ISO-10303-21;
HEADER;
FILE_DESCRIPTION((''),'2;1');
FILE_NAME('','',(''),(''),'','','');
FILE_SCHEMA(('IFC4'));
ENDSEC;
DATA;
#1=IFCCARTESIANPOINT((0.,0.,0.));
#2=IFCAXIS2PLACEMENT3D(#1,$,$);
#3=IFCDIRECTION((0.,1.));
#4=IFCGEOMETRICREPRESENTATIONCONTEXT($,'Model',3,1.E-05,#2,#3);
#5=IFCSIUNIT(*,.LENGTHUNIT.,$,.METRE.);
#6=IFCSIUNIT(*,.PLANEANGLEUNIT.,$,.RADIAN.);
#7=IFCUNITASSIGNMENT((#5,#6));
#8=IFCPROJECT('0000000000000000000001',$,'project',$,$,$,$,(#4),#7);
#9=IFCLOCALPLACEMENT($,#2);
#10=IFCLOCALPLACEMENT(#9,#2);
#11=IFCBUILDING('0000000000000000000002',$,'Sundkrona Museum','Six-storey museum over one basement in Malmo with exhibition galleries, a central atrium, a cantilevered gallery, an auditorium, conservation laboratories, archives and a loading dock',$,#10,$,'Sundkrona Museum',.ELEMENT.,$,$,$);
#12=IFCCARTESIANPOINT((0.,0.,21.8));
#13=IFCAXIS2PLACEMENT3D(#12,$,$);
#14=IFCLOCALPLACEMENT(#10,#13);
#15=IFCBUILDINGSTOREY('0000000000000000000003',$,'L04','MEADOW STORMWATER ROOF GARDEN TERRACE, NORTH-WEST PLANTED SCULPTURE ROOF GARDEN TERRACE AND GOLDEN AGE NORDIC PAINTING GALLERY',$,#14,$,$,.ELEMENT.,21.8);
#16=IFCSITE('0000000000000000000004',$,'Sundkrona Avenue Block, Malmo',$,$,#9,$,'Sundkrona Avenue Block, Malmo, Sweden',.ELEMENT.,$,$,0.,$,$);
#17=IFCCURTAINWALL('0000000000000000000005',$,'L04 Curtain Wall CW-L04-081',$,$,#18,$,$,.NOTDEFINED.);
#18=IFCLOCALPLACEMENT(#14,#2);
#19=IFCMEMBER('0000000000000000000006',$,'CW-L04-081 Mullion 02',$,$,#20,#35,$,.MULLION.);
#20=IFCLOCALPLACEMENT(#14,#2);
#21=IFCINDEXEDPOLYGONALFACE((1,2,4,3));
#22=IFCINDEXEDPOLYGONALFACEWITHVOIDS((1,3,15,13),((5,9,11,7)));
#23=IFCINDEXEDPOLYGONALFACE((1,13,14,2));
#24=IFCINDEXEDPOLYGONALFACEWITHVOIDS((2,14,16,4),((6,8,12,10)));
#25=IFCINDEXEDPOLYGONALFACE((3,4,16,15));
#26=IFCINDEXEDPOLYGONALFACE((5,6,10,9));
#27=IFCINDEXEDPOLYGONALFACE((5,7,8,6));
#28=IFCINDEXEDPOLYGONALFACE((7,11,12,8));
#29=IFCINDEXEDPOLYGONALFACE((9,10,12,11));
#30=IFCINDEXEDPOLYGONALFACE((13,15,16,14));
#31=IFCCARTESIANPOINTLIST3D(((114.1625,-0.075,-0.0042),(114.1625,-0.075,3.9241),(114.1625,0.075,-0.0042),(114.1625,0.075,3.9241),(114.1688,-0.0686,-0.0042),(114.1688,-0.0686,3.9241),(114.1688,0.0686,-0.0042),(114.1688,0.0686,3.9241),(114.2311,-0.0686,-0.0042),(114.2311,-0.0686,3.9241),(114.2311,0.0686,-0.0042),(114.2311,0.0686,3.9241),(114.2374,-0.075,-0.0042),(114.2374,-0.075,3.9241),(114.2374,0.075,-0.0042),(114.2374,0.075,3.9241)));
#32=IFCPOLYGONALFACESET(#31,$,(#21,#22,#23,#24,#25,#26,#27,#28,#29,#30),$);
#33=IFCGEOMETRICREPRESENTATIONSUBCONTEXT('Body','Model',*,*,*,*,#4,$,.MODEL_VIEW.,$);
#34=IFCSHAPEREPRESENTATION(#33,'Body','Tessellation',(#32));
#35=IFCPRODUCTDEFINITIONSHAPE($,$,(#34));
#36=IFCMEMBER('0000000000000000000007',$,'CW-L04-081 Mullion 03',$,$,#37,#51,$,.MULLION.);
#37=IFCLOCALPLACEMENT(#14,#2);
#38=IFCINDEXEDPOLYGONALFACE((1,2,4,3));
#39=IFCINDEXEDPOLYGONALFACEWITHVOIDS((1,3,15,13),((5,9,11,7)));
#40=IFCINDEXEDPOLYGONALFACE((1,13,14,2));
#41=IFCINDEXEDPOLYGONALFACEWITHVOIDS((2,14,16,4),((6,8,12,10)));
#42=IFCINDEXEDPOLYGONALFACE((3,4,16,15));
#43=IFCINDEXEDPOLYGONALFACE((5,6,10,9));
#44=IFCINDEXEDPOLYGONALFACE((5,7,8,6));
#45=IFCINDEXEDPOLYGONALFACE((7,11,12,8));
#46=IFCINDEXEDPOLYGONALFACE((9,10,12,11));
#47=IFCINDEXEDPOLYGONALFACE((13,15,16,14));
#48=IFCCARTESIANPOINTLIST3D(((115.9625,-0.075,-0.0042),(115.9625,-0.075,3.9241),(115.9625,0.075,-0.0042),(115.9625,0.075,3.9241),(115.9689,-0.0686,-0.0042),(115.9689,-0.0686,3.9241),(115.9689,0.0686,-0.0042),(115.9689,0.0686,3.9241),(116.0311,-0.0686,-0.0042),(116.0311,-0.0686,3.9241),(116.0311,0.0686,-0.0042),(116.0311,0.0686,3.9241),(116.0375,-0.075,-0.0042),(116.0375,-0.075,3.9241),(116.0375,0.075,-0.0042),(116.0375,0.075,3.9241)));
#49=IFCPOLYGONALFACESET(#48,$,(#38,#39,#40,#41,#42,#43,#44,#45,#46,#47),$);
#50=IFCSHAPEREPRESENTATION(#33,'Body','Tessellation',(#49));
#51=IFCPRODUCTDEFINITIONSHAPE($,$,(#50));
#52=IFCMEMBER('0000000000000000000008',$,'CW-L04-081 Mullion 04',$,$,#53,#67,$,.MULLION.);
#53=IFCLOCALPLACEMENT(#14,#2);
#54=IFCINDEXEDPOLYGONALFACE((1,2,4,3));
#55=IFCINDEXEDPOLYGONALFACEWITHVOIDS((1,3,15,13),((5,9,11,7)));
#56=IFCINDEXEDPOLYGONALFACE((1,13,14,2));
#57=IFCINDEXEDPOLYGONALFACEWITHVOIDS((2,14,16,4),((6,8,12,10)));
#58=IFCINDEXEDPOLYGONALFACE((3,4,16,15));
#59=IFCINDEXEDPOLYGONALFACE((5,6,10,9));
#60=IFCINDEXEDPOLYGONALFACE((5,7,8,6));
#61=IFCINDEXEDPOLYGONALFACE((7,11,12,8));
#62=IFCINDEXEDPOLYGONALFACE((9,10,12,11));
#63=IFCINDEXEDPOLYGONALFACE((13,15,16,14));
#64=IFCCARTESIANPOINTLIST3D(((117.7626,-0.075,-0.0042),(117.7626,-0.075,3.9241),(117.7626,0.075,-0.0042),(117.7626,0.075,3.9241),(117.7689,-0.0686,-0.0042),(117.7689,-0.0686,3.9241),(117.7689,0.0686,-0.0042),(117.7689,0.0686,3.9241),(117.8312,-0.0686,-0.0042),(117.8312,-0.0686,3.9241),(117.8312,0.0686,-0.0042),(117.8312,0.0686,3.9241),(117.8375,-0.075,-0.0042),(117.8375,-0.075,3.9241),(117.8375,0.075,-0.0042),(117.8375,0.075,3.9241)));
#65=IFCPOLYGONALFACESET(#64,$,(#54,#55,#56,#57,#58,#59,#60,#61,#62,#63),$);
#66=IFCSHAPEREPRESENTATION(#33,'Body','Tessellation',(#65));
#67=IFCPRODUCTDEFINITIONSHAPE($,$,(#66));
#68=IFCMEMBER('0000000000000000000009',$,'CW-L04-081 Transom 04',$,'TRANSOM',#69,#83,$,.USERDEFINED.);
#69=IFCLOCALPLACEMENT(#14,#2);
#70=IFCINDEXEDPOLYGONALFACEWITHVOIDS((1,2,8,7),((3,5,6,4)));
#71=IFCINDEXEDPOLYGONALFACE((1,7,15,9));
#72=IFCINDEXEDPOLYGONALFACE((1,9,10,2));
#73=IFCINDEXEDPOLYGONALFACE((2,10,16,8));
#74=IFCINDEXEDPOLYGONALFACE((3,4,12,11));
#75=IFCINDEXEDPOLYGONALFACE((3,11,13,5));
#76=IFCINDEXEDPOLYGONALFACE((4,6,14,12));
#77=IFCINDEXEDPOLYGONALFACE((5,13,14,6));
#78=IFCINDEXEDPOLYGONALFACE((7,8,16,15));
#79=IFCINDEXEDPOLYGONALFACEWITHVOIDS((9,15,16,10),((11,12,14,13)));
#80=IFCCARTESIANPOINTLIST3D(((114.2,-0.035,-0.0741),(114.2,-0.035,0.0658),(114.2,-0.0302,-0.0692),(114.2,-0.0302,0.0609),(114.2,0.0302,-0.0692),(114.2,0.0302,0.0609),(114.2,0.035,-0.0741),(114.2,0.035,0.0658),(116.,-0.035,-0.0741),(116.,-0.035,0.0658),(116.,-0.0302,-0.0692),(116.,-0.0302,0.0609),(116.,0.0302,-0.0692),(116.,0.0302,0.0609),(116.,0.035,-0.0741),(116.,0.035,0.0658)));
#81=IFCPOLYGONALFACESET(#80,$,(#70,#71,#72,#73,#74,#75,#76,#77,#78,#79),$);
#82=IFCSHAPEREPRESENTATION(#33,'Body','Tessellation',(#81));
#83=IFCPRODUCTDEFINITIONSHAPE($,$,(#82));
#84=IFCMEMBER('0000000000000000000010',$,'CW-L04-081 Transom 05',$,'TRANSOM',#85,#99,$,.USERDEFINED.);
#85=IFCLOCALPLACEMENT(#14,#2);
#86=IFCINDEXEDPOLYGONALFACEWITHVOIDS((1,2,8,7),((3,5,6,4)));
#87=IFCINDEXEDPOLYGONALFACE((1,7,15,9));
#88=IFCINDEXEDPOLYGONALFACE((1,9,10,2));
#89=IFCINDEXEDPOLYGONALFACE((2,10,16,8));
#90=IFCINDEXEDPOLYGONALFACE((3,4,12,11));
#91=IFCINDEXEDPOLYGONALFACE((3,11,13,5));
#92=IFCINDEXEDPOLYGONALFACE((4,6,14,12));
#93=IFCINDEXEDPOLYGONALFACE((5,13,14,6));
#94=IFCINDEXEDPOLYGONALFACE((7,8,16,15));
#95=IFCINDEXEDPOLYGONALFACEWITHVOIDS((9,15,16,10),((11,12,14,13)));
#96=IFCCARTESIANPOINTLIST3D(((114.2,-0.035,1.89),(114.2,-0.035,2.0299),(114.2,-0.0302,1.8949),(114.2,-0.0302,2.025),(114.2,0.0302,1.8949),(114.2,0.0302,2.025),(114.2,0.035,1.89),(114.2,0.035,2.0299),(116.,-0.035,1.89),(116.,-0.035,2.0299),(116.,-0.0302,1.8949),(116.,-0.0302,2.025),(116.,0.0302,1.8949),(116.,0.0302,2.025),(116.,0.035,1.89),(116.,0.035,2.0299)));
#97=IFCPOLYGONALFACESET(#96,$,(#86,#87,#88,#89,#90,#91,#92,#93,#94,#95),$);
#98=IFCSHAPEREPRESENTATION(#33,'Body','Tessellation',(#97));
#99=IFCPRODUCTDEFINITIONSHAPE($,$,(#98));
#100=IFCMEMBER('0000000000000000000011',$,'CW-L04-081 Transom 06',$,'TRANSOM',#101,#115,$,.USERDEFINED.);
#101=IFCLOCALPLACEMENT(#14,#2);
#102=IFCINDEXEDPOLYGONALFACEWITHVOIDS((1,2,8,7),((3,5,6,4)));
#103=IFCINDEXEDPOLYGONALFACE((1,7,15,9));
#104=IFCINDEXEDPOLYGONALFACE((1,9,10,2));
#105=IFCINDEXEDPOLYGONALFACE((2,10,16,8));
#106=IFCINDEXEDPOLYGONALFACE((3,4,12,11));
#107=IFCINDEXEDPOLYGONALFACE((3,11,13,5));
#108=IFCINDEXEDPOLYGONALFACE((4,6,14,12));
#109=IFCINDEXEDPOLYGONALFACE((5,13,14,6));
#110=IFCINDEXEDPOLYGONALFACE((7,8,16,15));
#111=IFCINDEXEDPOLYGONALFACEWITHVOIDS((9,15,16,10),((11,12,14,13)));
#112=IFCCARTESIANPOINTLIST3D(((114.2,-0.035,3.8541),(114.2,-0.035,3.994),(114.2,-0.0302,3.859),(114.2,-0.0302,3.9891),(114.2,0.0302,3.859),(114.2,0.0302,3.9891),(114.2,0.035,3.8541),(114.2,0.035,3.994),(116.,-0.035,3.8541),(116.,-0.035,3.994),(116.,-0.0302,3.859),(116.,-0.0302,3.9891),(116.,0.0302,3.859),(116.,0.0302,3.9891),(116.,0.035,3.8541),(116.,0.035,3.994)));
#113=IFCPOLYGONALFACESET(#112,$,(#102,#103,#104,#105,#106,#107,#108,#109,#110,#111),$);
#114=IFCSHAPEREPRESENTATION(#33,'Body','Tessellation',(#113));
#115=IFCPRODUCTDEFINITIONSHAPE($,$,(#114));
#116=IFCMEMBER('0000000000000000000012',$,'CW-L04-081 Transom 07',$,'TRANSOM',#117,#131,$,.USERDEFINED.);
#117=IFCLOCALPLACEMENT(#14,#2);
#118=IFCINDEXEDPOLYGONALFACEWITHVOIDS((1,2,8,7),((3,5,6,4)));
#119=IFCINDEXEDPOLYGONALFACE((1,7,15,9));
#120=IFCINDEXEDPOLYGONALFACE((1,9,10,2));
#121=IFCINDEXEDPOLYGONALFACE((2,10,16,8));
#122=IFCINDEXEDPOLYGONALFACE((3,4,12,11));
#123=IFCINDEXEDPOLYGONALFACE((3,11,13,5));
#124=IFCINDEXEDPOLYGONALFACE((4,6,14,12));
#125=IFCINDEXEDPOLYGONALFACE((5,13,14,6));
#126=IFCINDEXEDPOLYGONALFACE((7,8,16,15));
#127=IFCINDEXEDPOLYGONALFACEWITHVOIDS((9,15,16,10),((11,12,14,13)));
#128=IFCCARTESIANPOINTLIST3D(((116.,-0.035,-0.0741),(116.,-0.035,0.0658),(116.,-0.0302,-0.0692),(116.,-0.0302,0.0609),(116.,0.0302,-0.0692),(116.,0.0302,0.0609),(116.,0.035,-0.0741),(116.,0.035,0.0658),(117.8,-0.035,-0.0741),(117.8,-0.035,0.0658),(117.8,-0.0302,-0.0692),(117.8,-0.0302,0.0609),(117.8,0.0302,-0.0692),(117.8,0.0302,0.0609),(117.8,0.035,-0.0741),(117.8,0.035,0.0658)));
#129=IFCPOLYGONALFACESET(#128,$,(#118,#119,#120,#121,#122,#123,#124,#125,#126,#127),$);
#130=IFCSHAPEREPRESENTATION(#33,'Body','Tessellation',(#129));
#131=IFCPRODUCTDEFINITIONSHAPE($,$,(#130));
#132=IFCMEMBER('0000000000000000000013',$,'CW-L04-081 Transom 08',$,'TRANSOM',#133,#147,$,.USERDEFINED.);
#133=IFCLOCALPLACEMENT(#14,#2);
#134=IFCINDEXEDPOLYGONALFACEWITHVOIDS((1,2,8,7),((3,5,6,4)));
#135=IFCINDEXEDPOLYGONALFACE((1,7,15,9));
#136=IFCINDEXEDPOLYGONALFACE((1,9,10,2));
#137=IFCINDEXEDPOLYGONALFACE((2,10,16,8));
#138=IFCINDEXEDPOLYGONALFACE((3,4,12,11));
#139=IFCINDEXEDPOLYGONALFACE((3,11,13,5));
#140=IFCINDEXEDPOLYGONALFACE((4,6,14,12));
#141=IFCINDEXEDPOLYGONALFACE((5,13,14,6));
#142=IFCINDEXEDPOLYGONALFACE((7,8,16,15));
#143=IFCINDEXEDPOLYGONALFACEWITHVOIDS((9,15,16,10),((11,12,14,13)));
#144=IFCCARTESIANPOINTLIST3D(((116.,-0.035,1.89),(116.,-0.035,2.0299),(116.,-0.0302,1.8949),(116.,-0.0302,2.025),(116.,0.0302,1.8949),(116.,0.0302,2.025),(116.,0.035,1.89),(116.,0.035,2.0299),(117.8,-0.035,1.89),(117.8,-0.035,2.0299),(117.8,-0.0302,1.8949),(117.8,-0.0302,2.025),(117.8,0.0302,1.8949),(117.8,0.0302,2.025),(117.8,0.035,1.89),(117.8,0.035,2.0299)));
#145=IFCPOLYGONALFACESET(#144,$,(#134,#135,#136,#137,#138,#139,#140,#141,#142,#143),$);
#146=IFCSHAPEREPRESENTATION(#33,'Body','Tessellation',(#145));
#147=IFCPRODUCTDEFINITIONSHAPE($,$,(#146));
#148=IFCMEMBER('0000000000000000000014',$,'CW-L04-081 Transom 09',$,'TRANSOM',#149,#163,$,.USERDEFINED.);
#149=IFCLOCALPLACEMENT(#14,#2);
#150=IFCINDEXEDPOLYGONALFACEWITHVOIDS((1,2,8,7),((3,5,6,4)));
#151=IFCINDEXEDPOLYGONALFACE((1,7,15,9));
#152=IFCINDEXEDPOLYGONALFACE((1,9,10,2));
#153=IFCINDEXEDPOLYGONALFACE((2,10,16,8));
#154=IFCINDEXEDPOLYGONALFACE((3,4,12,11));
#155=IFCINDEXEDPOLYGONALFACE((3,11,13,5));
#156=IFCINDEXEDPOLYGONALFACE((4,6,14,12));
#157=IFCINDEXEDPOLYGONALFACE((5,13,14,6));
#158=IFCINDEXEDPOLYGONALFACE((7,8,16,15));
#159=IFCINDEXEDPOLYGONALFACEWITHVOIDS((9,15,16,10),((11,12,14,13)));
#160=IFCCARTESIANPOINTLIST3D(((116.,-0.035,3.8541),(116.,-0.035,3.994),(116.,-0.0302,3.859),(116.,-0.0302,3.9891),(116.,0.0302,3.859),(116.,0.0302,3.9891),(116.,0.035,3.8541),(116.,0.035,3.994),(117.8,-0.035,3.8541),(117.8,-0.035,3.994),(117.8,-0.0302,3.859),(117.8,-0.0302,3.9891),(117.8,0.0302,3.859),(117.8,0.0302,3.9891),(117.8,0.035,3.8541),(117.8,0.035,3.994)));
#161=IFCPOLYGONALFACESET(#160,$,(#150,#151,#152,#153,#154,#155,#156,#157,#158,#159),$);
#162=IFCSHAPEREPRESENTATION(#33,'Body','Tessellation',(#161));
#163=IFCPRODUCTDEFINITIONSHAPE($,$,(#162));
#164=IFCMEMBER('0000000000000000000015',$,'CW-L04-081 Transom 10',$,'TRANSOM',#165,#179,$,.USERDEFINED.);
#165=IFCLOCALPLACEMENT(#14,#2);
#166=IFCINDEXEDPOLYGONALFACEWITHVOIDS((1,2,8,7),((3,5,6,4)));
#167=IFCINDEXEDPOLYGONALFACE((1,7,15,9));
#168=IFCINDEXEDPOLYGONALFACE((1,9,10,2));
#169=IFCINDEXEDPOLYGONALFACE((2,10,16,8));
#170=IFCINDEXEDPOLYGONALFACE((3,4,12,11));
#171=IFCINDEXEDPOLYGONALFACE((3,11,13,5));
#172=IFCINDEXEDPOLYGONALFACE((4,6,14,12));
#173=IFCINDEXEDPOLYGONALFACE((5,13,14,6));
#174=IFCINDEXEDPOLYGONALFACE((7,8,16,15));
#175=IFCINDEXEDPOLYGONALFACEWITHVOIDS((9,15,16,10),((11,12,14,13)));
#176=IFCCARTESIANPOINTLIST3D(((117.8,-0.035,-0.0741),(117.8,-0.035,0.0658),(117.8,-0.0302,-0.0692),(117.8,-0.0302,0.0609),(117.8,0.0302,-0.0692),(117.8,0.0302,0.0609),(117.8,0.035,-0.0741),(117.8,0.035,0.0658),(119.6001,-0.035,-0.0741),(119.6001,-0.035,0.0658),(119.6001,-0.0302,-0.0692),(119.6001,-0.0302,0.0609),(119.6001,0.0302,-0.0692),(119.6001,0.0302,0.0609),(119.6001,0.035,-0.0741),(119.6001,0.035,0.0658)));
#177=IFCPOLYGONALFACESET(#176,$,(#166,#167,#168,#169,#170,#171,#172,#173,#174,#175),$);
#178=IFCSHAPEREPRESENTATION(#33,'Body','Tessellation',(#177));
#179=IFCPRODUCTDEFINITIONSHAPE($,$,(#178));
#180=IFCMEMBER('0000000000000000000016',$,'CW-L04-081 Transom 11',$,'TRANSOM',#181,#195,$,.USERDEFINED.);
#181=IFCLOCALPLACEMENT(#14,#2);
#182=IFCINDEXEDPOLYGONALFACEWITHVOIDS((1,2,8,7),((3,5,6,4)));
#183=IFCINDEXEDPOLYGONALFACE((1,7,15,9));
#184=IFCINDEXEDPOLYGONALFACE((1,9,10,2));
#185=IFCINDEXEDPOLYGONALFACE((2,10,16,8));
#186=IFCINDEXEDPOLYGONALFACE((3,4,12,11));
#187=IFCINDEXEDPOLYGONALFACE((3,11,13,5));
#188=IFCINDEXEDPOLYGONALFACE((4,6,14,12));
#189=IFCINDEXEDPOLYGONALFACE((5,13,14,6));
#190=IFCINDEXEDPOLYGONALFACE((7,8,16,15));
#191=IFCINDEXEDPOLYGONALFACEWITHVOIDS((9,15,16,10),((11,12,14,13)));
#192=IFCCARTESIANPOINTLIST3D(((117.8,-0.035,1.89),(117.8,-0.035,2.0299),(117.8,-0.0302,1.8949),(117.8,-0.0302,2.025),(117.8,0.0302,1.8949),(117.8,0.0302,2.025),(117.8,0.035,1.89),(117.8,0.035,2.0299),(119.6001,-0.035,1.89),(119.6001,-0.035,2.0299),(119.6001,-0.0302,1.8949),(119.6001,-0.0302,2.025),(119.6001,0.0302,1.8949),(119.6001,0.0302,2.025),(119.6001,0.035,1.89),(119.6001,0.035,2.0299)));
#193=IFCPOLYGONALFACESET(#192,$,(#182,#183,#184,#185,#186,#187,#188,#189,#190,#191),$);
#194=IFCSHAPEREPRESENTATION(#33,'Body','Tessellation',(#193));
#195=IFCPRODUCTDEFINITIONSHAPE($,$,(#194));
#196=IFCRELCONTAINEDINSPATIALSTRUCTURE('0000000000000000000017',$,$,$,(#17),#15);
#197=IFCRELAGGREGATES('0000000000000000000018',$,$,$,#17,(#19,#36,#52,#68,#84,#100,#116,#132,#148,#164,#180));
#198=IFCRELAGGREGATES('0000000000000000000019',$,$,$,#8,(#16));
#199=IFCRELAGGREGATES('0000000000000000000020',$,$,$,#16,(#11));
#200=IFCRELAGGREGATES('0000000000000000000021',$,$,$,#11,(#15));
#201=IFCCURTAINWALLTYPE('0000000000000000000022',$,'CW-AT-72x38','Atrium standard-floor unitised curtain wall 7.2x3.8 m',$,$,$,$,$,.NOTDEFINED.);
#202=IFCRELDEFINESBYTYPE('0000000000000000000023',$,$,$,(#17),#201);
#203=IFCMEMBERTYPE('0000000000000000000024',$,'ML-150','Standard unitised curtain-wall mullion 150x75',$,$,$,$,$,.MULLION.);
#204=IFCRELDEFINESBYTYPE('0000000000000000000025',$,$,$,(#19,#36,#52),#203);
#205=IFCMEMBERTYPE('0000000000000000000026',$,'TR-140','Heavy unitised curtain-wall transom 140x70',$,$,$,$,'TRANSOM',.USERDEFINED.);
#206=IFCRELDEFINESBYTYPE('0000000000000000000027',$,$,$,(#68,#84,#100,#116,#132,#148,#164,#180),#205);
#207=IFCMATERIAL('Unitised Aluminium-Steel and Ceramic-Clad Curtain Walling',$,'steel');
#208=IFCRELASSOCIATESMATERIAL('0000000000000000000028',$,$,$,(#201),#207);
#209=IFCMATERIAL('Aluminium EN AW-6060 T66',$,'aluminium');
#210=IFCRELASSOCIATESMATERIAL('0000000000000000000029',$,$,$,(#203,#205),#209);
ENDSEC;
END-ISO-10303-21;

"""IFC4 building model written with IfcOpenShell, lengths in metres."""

from ifc_helpers import new_model, si_unit, direction, frame, origin, origin_2d, place, context, subcontext, project, spatial, hollow_rectangle, extrude, material, material_profile, profile_set, type_object, element, aggregate, save


model = new_model("IFC4")

# Units and contexts
model_context = context("Model", 3, precision=1e-05, world=origin(), true_north=direction((0.0, 1.0)))
body_context = subcontext(model_context, "Body", "Model", "MODEL_VIEW")
ifc_project = project(units=[si_unit("LENGTHUNIT", "METRE"), si_unit("PLANEANGLEUNIT", "RADIAN")], contexts=[model_context])

# Site, building, storey
site_placement = place(None, origin())
site = spatial("IfcSite", under=ifc_project, at=site_placement, Name="Sundkrona Avenue Block, Malmo", LongName="Sundkrona Avenue Block, Malmo, Sweden", CompositionType="ELEMENT", RefElevation=0.0)
building_placement = place(site_placement, origin())
building = spatial("IfcBuilding", under=site, at=building_placement, Name="Sundkrona Museum", Description="Six-storey museum over one basement in Malmo with exhibition galleries, a central atrium, a cantilevered gallery, an auditorium, conservation laboratories, archives and a loading dock", LongName="Sundkrona Museum", CompositionType="ELEMENT")
storey_placement = place(building_placement, frame((0.0, 0.0, 21.8)))
storey = spatial("IfcBuildingStorey", under=building, at=storey_placement, Name="L04", Description="MEADOW STORMWATER ROOF GARDEN TERRACE, NORTH-WEST PLANTED SCULPTURE ROOF GARDEN TERRACE AND GOLDEN AGE NORDIC PAINTING GALLERY", CompositionType="ELEMENT", Elevation=21.8)

# Curtain wall, members
ifc_material_1 = material(Name="Unitised Aluminium-Steel and Ceramic-Clad Curtain Walling", Category="steel")
curtain_wall_type = type_object("IfcCurtainWallType", Name="CW-AT-72x38", Description="Atrium standard-floor unitised curtain wall 7.2x3.8 m", PredefinedType="NOTDEFINED", material=ifc_material_1)
curtain_wall_placement = place(storey_placement, origin())
curtain_wall = element("IfcCurtainWall", 1, at=curtain_wall_placement, inside=storey, type_object=curtain_wall_type, Name="L04 Curtain Wall CW-L04-081", PredefinedType="NOTDEFINED")
ifc_material_2 = material(Name="Aluminium EN AW-6060 T66", Category="aluminium")
ifc_material_profile_1 = material_profile(ifc_material_2, hollow_rectangle(XDim=0.075, YDim=0.1499, WallThickness=0.0063, at=origin_2d()), Name="RHS 150x75x6.3")
ifc_profile_set_1 = profile_set([ifc_material_profile_1], Name="Aluminium EN AW-6060 T66")
member_type_1 = type_object("IfcMemberType", Name="ML-150", Description="Standard unitised curtain-wall mullion 150x75", PredefinedType="MULLION", material=ifc_profile_set_1)
member_1_placement = place(storey_placement, frame((114.2, 0.0, -0.0042), z_axis=(0.0, 0.0, 1.0), x_axis=(1.0, 0.0, 0.0)))
member_1 = element("IfcMember", 2, at=member_1_placement, type_object=member_type_1, Name="CW-L04-081 Mullion 02", PredefinedType="MULLION", context=body_context, shape_type="SweptSolid", body=[
    extrude(hollow_rectangle(XDim=0.075, YDim=0.1499, WallThickness=0.0063, at=origin_2d()), origin(), (0.0, 0.0, 1.0), 3.9282),
])
member_2_placement = place(storey_placement, frame((116.0, 0.0, -0.0042), z_axis=(0.0, 0.0, 1.0), x_axis=(1.0, 0.0, 0.0)))
member_2 = element("IfcMember", 3, at=member_2_placement, type_object=member_type_1, Name="CW-L04-081 Mullion 03", PredefinedType="MULLION", context=body_context, shape_type="SweptSolid", body=[
    extrude(hollow_rectangle(XDim=0.075, YDim=0.1499, WallThickness=0.0063, at=origin_2d()), origin(), (0.0, 0.0, 1.0), 3.9282),
])
member_3_placement = place(storey_placement, frame((117.8, 0.0, -0.0042), z_axis=(0.0, 0.0, 1.0), x_axis=(1.0, 0.0, 0.0)))
member_3 = element("IfcMember", 4, at=member_3_placement, type_object=member_type_1, Name="CW-L04-081 Mullion 04", PredefinedType="MULLION", context=body_context, shape_type="SweptSolid", body=[
    extrude(hollow_rectangle(XDim=0.075, YDim=0.1499, WallThickness=0.0063, at=origin_2d()), origin(), (0.0, 0.0, 1.0), 3.9282),
])
ifc_material_profile_2 = material_profile(ifc_material_2, hollow_rectangle(XDim=0.0701, YDim=0.1399, WallThickness=0.0049, at=origin_2d()), Name="RHS 140x70x5.0")
ifc_profile_set_2 = profile_set([ifc_material_profile_2], Name="Aluminium EN AW-6060 T66")
member_type_2 = type_object("IfcMemberType", Name="TR-140", Description="Heavy unitised curtain-wall transom 140x70", ElementType="TRANSOM", PredefinedType="USERDEFINED", material=ifc_profile_set_2)
member_4_placement = place(storey_placement, frame((114.2, 0.0, -0.0042), z_axis=(1.0, 0.0, 0.0), x_axis=(0.0, 1.0, 0.0)))
member_4 = element("IfcMember", 5, at=member_4_placement, type_object=member_type_2, Name="CW-L04-081 Transom 04", ObjectType="TRANSOM", PredefinedType="USERDEFINED", context=body_context, shape_type="SweptSolid", body=[
    extrude(hollow_rectangle(XDim=0.0701, YDim=0.1399, WallThickness=0.0049, at=origin_2d()), origin(), (0.0, 0.0, 1.0), 1.8),
])
member_5_placement = place(storey_placement, frame((114.2, 0.0, 1.96), z_axis=(1.0, 0.0, 0.0), x_axis=(0.0, 1.0, 0.0)))
member_5 = element("IfcMember", 6, at=member_5_placement, type_object=member_type_2, Name="CW-L04-081 Transom 05", ObjectType="TRANSOM", PredefinedType="USERDEFINED", context=body_context, shape_type="SweptSolid", body=[
    extrude(hollow_rectangle(XDim=0.0701, YDim=0.1399, WallThickness=0.0049, at=origin_2d()), origin(), (0.0, 0.0, 1.0), 1.8),
])
member_6_placement = place(storey_placement, frame((114.2, 0.0, 3.9241), z_axis=(1.0, 0.0, 0.0), x_axis=(0.0, 1.0, 0.0)))
member_6 = element("IfcMember", 7, at=member_6_placement, type_object=member_type_2, Name="CW-L04-081 Transom 06", ObjectType="TRANSOM", PredefinedType="USERDEFINED", context=body_context, shape_type="SweptSolid", body=[
    extrude(hollow_rectangle(XDim=0.0701, YDim=0.1399, WallThickness=0.0049, at=origin_2d()), origin(), (0.0, 0.0, 1.0), 1.8),
])
member_7_placement = place(storey_placement, frame((116.0, 0.0, -0.0042), z_axis=(1.0, 0.0, 0.0), x_axis=(0.0, 1.0, 0.0)))
member_7 = element("IfcMember", 8, at=member_7_placement, type_object=member_type_2, Name="CW-L04-081 Transom 07", ObjectType="TRANSOM", PredefinedType="USERDEFINED", context=body_context, shape_type="SweptSolid", body=[
    extrude(hollow_rectangle(XDim=0.0701, YDim=0.1399, WallThickness=0.0049, at=origin_2d()), origin(), (0.0, 0.0, 1.0), 1.8),
])
member_8_placement = place(storey_placement, frame((116.0, 0.0, 1.96), z_axis=(1.0, 0.0, 0.0), x_axis=(0.0, 1.0, 0.0)))
member_8 = element("IfcMember", 9, at=member_8_placement, type_object=member_type_2, Name="CW-L04-081 Transom 08", ObjectType="TRANSOM", PredefinedType="USERDEFINED", context=body_context, shape_type="SweptSolid", body=[
    extrude(hollow_rectangle(XDim=0.0701, YDim=0.1399, WallThickness=0.0049, at=origin_2d()), origin(), (0.0, 0.0, 1.0), 1.8),
])
member_9_placement = place(storey_placement, frame((116.0, 0.0, 3.9241), z_axis=(1.0, 0.0, 0.0), x_axis=(0.0, 1.0, 0.0)))
member_9 = element("IfcMember", 10, at=member_9_placement, type_object=member_type_2, Name="CW-L04-081 Transom 09", ObjectType="TRANSOM", PredefinedType="USERDEFINED", context=body_context, shape_type="SweptSolid", body=[
    extrude(hollow_rectangle(XDim=0.0701, YDim=0.1399, WallThickness=0.0049, at=origin_2d()), origin(), (0.0, 0.0, 1.0), 1.8),
])
member_10_placement = place(storey_placement, frame((117.8, 0.0, -0.0042), z_axis=(1.0, 0.0, 0.0), x_axis=(0.0, 1.0, 0.0)))
member_10 = element("IfcMember", 11, at=member_10_placement, type_object=member_type_2, Name="CW-L04-081 Transom 10", ObjectType="TRANSOM", PredefinedType="USERDEFINED", context=body_context, shape_type="SweptSolid", body=[
    extrude(hollow_rectangle(XDim=0.0701, YDim=0.1399, WallThickness=0.0049, at=origin_2d()), origin(), (0.0, 0.0, 1.0), 1.8),
])
member_11_placement = place(storey_placement, frame((117.8, 0.0, 1.96), z_axis=(1.0, 0.0, 0.0), x_axis=(0.0, 1.0, 0.0)))
member_11 = element("IfcMember", 12, at=member_11_placement, type_object=member_type_2, Name="CW-L04-081 Transom 11", ObjectType="TRANSOM", PredefinedType="USERDEFINED", context=body_context, shape_type="SweptSolid", body=[
    extrude(hollow_rectangle(XDim=0.0701, YDim=0.1399, WallThickness=0.0049, at=origin_2d()), origin(), (0.0, 0.0, 1.0), 1.8),
])
aggregate(curtain_wall, [member_1, member_2, member_3, member_4, member_5, member_6, member_7, member_8, member_9, member_10, member_11])

save(model, "model.ifc")
